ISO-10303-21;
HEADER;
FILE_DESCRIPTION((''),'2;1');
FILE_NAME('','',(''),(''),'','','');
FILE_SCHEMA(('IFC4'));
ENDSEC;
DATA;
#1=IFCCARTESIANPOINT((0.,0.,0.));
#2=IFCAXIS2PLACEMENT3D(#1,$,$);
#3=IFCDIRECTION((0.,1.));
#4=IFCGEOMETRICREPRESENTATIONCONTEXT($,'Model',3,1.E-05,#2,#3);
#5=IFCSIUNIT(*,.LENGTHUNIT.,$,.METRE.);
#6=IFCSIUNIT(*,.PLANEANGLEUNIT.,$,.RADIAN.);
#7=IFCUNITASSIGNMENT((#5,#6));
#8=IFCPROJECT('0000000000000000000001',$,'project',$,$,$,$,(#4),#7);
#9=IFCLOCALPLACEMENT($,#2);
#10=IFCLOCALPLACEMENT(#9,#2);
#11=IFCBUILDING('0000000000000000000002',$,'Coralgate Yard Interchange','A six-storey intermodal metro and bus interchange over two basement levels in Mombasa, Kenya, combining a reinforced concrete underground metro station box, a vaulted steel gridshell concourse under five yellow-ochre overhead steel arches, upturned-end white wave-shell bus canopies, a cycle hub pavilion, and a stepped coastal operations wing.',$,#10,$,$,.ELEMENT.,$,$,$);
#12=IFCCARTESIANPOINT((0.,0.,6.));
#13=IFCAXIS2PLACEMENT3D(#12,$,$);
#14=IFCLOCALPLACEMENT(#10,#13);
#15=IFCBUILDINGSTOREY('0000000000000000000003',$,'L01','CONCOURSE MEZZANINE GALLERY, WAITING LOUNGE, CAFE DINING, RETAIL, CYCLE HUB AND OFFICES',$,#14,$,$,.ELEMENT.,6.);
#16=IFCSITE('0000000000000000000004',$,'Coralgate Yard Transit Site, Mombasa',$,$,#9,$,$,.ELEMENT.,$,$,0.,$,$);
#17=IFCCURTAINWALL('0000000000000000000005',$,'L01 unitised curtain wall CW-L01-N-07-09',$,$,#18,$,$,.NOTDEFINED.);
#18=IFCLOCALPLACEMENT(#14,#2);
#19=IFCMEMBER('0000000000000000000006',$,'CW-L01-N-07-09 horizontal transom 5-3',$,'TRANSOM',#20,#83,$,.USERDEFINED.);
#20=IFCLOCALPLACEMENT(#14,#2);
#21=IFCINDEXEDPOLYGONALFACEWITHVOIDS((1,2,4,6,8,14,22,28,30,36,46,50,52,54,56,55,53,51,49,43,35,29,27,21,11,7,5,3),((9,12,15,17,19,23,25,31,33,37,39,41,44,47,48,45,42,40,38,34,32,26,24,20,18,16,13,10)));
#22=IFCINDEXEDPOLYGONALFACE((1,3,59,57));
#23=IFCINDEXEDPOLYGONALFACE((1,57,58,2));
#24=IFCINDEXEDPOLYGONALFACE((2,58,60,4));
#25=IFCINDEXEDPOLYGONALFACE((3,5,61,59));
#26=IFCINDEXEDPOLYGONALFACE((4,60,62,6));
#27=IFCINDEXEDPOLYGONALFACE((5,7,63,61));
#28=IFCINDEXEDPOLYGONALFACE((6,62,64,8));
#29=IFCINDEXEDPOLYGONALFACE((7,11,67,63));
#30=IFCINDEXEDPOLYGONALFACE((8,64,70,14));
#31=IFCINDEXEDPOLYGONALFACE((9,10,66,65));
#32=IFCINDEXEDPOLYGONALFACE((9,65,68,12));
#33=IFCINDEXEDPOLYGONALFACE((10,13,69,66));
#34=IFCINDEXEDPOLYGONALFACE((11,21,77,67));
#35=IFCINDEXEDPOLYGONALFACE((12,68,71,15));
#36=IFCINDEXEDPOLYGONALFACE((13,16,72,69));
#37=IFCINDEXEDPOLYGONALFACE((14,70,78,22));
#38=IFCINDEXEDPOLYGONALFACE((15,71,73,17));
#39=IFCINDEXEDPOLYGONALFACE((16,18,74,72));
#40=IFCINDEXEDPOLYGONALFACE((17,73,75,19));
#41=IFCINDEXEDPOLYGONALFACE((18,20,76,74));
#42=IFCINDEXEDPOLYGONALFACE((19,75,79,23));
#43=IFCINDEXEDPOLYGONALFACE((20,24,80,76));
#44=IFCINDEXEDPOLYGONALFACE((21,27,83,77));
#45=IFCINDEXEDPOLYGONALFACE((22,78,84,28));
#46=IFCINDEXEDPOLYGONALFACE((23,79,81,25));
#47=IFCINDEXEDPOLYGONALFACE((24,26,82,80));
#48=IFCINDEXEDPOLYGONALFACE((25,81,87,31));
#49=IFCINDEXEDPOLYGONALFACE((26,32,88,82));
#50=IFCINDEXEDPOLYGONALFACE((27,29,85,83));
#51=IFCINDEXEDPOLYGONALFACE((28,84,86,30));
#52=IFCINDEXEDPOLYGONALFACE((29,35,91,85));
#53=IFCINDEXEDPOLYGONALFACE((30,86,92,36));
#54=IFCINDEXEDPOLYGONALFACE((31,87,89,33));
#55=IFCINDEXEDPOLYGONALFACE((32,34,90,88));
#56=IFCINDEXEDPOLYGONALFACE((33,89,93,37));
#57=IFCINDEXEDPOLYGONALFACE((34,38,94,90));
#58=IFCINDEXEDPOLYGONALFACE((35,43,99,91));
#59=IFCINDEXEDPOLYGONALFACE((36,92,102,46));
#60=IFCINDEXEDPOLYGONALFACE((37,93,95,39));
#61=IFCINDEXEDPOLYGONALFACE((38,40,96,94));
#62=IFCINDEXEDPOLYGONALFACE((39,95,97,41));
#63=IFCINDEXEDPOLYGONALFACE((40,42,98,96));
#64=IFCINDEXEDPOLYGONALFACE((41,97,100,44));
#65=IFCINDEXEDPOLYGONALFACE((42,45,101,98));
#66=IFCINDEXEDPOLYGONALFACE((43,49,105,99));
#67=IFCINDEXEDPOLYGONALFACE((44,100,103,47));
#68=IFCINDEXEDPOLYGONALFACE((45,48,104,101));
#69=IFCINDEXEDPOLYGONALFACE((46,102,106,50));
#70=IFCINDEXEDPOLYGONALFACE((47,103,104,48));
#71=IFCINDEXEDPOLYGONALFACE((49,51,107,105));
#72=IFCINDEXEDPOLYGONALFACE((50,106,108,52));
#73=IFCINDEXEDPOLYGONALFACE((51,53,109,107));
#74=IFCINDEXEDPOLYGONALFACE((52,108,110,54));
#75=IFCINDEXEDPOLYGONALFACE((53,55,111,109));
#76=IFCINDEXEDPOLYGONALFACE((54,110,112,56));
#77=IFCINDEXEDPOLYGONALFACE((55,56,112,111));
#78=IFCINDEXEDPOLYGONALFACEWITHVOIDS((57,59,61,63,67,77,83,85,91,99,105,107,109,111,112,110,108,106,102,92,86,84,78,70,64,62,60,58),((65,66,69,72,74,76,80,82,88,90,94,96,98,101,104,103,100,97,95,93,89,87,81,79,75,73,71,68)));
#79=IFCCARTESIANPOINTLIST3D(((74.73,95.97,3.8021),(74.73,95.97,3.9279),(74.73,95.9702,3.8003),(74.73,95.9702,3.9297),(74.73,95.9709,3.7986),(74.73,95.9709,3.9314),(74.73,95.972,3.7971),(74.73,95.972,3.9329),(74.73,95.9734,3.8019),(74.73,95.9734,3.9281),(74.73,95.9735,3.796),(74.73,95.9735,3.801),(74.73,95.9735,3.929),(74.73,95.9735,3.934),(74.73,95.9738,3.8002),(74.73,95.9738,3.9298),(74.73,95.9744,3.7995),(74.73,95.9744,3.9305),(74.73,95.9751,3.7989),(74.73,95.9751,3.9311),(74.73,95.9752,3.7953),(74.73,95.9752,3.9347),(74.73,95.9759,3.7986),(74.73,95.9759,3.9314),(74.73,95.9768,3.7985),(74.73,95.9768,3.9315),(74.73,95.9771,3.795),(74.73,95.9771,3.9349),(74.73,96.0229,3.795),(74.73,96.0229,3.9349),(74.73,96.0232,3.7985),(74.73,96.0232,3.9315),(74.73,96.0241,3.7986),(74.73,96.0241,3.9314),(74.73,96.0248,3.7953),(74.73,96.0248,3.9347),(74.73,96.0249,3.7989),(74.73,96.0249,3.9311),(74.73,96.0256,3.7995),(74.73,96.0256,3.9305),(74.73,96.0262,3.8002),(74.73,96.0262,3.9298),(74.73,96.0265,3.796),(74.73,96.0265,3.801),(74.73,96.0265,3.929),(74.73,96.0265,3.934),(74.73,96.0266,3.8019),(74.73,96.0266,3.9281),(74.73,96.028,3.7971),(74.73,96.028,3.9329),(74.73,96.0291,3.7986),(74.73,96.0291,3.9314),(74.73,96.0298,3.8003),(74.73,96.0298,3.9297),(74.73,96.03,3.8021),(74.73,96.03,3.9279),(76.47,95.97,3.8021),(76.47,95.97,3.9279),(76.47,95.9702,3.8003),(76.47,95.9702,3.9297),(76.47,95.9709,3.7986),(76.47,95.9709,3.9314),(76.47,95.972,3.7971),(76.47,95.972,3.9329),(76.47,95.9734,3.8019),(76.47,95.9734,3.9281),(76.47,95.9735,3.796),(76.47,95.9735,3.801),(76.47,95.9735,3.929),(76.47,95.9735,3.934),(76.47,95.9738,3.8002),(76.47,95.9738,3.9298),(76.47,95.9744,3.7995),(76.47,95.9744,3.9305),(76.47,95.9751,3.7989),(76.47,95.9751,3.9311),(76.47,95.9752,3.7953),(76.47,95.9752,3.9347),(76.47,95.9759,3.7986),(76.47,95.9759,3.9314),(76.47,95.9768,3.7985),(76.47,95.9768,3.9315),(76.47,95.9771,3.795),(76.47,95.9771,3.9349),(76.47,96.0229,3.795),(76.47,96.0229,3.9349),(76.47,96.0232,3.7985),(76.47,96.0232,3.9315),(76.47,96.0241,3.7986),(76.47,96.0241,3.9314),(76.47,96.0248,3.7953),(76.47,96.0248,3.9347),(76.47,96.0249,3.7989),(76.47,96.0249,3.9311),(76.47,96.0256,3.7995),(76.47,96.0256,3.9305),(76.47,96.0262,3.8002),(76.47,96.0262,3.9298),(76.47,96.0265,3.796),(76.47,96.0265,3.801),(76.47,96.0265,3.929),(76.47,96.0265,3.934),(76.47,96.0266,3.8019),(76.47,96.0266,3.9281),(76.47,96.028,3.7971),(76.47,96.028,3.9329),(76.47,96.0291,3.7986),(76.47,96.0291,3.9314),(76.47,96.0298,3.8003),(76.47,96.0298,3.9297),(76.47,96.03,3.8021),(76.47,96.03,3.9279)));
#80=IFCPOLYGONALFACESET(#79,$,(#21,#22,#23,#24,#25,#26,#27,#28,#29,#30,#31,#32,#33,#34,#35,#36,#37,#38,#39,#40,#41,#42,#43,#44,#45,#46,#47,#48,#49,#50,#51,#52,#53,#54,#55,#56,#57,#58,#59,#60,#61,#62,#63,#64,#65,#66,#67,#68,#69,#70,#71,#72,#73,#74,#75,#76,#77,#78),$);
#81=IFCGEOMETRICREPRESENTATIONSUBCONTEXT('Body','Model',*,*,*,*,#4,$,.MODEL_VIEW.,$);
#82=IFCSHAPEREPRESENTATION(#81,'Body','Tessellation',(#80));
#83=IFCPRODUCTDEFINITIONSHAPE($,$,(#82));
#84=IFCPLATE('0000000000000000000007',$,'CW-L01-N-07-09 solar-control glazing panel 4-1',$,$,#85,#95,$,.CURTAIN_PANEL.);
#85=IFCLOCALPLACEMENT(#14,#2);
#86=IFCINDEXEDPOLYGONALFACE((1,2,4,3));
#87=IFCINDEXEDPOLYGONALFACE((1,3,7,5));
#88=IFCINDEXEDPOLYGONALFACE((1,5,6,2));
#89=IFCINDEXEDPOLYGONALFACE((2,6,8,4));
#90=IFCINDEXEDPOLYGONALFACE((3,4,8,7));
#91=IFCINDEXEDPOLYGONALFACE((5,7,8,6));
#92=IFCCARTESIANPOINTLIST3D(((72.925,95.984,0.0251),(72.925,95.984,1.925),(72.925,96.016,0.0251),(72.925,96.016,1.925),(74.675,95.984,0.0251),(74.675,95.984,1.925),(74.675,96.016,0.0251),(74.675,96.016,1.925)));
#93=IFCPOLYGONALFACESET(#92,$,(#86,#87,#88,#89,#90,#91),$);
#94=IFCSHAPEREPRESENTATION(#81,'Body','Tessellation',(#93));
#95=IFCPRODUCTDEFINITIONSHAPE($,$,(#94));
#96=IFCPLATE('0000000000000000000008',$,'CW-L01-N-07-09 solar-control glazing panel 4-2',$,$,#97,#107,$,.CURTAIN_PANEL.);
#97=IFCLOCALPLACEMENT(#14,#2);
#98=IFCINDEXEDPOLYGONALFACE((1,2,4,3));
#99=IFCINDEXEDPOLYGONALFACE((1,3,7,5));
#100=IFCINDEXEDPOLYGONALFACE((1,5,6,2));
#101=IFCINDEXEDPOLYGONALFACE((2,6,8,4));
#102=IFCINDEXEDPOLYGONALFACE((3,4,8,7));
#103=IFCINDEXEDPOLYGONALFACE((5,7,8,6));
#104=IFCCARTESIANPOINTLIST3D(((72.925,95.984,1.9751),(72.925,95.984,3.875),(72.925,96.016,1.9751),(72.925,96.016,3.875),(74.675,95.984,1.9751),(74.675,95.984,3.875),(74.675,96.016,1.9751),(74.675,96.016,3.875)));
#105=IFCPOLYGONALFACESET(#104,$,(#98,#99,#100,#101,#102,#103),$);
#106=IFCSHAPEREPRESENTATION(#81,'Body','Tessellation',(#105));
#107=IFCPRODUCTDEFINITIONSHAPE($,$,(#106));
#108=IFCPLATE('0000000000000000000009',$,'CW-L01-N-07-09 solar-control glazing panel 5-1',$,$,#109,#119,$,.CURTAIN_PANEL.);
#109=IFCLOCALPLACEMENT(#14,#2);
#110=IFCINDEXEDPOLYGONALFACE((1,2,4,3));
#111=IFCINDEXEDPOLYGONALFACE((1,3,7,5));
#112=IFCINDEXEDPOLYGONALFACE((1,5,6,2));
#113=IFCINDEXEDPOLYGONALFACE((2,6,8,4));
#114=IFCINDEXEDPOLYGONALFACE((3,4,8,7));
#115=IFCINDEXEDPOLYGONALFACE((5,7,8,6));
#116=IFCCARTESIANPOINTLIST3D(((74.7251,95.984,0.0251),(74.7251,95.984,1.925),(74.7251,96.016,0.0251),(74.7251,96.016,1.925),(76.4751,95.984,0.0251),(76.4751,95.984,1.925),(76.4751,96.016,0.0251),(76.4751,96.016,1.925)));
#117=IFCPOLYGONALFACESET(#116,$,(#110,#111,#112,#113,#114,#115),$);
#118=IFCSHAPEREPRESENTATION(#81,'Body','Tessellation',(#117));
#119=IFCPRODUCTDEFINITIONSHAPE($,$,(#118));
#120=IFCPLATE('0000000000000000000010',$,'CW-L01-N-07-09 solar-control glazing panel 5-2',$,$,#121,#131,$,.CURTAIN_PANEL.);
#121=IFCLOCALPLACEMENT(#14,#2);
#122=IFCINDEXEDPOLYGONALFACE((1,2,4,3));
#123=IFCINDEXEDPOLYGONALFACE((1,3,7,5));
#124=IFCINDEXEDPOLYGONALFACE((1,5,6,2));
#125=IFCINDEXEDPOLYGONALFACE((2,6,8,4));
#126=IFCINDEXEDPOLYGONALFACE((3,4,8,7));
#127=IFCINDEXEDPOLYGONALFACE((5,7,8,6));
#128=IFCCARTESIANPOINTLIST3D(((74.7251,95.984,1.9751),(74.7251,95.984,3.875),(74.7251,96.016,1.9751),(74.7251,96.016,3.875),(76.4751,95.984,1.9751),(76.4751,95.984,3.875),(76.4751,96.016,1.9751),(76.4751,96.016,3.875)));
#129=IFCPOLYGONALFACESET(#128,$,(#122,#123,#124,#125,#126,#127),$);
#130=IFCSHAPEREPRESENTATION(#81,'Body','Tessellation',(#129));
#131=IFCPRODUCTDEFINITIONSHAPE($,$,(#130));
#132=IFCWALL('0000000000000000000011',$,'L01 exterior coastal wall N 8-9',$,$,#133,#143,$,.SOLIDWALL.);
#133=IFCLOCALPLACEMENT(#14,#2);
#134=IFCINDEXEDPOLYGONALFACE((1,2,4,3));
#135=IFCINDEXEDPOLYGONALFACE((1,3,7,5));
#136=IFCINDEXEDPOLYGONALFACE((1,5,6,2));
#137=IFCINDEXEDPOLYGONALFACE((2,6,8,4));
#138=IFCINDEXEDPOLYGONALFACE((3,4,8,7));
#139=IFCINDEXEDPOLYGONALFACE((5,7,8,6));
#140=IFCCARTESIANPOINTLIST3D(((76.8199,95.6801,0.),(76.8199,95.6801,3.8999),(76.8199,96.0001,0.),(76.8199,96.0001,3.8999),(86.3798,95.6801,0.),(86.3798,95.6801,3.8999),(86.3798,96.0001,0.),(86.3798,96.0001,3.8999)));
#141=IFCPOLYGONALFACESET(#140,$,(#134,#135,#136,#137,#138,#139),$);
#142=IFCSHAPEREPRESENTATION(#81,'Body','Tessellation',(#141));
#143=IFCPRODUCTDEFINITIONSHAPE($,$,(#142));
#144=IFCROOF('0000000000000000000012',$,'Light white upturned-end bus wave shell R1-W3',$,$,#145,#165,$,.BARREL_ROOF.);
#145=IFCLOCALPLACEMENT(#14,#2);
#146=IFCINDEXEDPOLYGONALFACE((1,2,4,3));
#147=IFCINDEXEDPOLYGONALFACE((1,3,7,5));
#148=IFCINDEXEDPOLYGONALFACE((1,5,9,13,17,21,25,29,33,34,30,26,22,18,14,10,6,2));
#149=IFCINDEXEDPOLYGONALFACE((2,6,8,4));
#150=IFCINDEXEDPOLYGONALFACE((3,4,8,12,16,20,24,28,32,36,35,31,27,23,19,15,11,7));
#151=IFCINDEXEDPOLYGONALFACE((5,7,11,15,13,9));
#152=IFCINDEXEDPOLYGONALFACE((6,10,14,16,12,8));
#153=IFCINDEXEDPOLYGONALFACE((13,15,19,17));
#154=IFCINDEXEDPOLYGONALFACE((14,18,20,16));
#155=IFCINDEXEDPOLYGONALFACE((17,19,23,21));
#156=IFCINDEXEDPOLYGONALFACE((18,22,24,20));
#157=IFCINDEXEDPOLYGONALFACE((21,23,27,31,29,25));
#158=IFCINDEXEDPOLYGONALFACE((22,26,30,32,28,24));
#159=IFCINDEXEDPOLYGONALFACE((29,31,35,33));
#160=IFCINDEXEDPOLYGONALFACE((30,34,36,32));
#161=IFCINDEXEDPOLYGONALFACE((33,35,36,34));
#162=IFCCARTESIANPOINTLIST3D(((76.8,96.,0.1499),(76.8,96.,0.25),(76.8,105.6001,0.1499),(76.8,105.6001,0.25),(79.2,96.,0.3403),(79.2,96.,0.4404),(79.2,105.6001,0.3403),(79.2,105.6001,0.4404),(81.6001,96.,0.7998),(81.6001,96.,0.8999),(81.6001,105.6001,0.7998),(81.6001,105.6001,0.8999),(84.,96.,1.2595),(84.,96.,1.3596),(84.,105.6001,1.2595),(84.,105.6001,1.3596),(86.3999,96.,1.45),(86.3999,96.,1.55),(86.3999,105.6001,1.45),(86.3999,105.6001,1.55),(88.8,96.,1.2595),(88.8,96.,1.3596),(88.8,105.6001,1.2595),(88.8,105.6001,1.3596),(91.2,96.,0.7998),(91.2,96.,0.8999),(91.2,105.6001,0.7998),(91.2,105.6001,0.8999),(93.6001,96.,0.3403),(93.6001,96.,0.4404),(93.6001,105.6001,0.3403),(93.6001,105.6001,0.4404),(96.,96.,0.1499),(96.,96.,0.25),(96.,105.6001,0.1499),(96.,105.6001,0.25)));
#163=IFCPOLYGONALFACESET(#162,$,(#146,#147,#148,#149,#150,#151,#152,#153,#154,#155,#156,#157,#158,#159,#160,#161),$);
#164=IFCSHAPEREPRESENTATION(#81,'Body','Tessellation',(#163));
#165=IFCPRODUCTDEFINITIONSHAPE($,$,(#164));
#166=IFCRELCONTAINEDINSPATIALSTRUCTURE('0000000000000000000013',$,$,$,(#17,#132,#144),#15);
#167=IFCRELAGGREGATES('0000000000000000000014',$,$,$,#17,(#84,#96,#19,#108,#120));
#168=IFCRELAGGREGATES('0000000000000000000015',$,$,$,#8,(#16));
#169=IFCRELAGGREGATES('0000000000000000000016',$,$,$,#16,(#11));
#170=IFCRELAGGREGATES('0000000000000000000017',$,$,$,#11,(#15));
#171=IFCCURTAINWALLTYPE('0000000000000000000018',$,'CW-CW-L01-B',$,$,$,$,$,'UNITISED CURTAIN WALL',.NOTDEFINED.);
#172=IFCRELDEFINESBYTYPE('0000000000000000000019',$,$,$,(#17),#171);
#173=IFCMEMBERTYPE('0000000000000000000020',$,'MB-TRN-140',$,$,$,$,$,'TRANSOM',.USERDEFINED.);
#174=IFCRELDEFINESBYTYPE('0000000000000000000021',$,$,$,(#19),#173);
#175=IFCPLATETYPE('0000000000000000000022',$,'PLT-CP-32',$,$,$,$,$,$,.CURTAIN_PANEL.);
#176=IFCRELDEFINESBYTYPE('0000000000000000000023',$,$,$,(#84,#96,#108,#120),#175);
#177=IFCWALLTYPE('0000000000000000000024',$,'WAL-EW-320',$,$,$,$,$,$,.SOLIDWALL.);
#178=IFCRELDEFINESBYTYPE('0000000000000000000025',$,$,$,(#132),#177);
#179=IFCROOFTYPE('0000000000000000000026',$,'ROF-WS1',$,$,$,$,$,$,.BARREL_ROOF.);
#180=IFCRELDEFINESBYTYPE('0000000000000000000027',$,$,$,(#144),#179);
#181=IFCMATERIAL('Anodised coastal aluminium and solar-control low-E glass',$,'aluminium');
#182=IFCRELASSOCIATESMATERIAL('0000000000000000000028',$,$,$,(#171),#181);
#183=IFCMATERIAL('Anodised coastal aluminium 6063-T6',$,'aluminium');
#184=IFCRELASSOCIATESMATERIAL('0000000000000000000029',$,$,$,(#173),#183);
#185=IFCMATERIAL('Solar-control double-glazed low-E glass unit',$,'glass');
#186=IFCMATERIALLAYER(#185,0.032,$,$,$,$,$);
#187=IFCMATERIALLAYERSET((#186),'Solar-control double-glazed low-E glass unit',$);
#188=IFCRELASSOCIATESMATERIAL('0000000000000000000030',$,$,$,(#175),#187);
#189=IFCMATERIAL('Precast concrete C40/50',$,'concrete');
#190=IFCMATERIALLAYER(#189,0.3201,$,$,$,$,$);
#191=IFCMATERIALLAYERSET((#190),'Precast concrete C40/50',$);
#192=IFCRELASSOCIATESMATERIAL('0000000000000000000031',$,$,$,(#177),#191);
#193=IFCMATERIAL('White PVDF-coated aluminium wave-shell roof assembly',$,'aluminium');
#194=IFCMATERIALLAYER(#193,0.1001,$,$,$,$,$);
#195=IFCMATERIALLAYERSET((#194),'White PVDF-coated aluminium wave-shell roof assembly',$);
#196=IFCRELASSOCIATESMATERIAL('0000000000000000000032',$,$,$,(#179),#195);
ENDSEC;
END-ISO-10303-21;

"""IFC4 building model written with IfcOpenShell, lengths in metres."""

from ifc_helpers import new_model, si_unit, direction, frame, frame_2d, origin, origin_2d, place, context, subcontext, project, spatial, polyline, rectangle, hollow_rectangle, outline, extrude, material, layer, layer_set, material_profile, profile_set, type_object, element, aggregate, save


model = new_model("IFC4")

# Units and contexts
model_context = context("Model", 3, precision=1e-05, world=origin(), true_north=direction((0.0, 1.0)))
body_context = subcontext(model_context, "Body", "Model", "MODEL_VIEW")
ifc_project = project(units=[si_unit("LENGTHUNIT", "METRE"), si_unit("PLANEANGLEUNIT", "RADIAN")], contexts=[model_context])

# Site, building, storey
site_placement = place(None, origin())
site = spatial("IfcSite", under=ifc_project, at=site_placement, Name="Coralgate Yard Transit Site, Mombasa", CompositionType="ELEMENT", RefElevation=0.0)
building_placement = place(site_placement, origin())
building = spatial("IfcBuilding", under=site, at=building_placement, Name="Coralgate Yard Interchange", Description="A six-storey intermodal metro and bus interchange over two basement levels in Mombasa, Kenya, combining a reinforced concrete underground metro station box, a vaulted steel gridshell concourse under five yellow-ochre overhead steel arches, upturned-end white wave-shell bus canopies, a cycle hub pavilion, and a stepped coastal operations wing.", CompositionType="ELEMENT")
storey_placement = place(building_placement, frame((0.0, 0.0, 6.0)))
storey = spatial("IfcBuildingStorey", under=building, at=storey_placement, Name="L01", Description="CONCOURSE MEZZANINE GALLERY, WAITING LOUNGE, CAFE DINING, RETAIL, CYCLE HUB AND OFFICES", CompositionType="ELEMENT", Elevation=6.0)

# Curtain wall
ifc_material_1 = material(Name="Anodised coastal aluminium and solar-control low-E glass", Category="aluminium")
curtain_wall_type = type_object("IfcCurtainWallType", Name="CW-CW-L01-B", ElementType="UNITISED CURTAIN WALL", PredefinedType="NOTDEFINED", material=ifc_material_1)
curtain_wall_placement = place(storey_placement, origin())
curtain_wall = element("IfcCurtainWall", 1, at=curtain_wall_placement, inside=storey, type_object=curtain_wall_type, Name="L01 unitised curtain wall CW-L01-N-07-09", PredefinedType="NOTDEFINED")
ifc_material_2 = material(Name="Anodised coastal aluminium 6063-T6", Category="aluminium")

# Member
ifc_material_profile_1 = material_profile(ifc_material_2, hollow_rectangle(XDim=0.0601, YDim=0.1399, WallThickness=0.0034, InnerFilletRadius=0.0034, OuterFilletRadius=0.0071, at=origin_2d()), Name="ALU 60x140x3.5")
ifc_profile_set_1 = profile_set([ifc_material_profile_1], Name="Anodised coastal aluminium 6063-T6")
member_type_1 = type_object("IfcMemberType", Name="MB-TRN-140", ElementType="TRANSOM", PredefinedType="USERDEFINED", material=ifc_profile_set_1)
member_1_placement = place(storey_placement, frame((74.73, 96.0, 3.865), z_axis=(1.0, 0.0, 0.0), x_axis=(0.0, 1.0, 0.0)))
member_1 = element("IfcMember", 2, at=member_1_placement, type_object=member_type_1, Name="CW-L01-N-07-09 horizontal transom 5-3", ObjectType="TRANSOM", PredefinedType="USERDEFINED", context=body_context, shape_type="SweptSolid", body=[
    extrude(hollow_rectangle(XDim=0.0601, YDim=0.1399, WallThickness=0.0034, InnerFilletRadius=0.0034, OuterFilletRadius=0.0071, at=origin_2d()), origin(), (0.0, 0.0, 1.0), 1.74),
])

# Plates
ifc_material_3 = material(Name="Solar-control double-glazed low-E glass unit", Category="glass")
ifc_layer_1 = layer(ifc_material_3, 0.032)
ifc_layer_set_1 = layer_set([ifc_layer_1], Name="Solar-control double-glazed low-E glass unit")
plate_type = type_object("IfcPlateType", Name="PLT-CP-32", PredefinedType="CURTAIN_PANEL", material=ifc_layer_set_1)
plate_1_placement = place(storey_placement, frame((73.8, 96.0, 0.0251), z_axis=(0.0, 0.0, 1.0), x_axis=(1.0, 0.0, 0.0)))
plate_1 = element("IfcPlate", 3, at=plate_1_placement, type_object=plate_type, Name="CW-L01-N-07-09 solar-control glazing panel 4-1", PredefinedType="CURTAIN_PANEL", context=body_context, shape_type="SweptSolid", body=[
    extrude(rectangle(XDim=1.75, YDim=0.032, at=origin_2d()), origin(), (0.0, 0.0, 1.0), 1.8999),
])
plate_2_placement = place(storey_placement, frame((73.8, 96.0, 1.9751), z_axis=(0.0, 0.0, 1.0), x_axis=(1.0, 0.0, 0.0)))
plate_2 = element("IfcPlate", 4, at=plate_2_placement, type_object=plate_type, Name="CW-L01-N-07-09 solar-control glazing panel 4-2", PredefinedType="CURTAIN_PANEL", context=body_context, shape_type="SweptSolid", body=[
    extrude(rectangle(XDim=1.75, YDim=0.032, at=origin_2d()), origin(), (0.0, 0.0, 1.0), 1.8999),
])
plate_3_placement = place(storey_placement, frame((75.6001, 96.0, 0.0251), z_axis=(0.0, 0.0, 1.0), x_axis=(1.0, 0.0, 0.0)))
plate_3 = element("IfcPlate", 5, at=plate_3_placement, type_object=plate_type, Name="CW-L01-N-07-09 solar-control glazing panel 5-1", PredefinedType="CURTAIN_PANEL", context=body_context, shape_type="SweptSolid", body=[
    extrude(rectangle(XDim=1.75, YDim=0.032, at=origin_2d()), origin(), (0.0, 0.0, 1.0), 1.8999),
])
plate_4_placement = place(storey_placement, frame((75.6001, 96.0, 1.9751), z_axis=(0.0, 0.0, 1.0), x_axis=(1.0, 0.0, 0.0)))
plate_4 = element("IfcPlate", 6, at=plate_4_placement, type_object=plate_type, Name="CW-L01-N-07-09 solar-control glazing panel 5-2", PredefinedType="CURTAIN_PANEL", context=body_context, shape_type="SweptSolid", body=[
    extrude(rectangle(XDim=1.75, YDim=0.032, at=origin_2d()), origin(), (0.0, 0.0, 1.0), 1.8999),
])
aggregate(curtain_wall, [plate_1, plate_2, member_1, plate_3, plate_4])

# Wall
ifc_material_4 = material(Name="Precast concrete C40/50", Category="concrete")
ifc_layer_2 = layer(ifc_material_4, 0.3201)
ifc_layer_set_2 = layer_set([ifc_layer_2], Name="Precast concrete C40/50")
wall_type = type_object("IfcWallType", Name="WAL-EW-320", PredefinedType="SOLIDWALL", material=ifc_layer_set_2)
wall_placement = place(storey_placement, frame((76.8201, 95.8401, 0.0), z_axis=(0.0, 0.0, 1.0), x_axis=(1.0, 0.0, 0.0)))
element("IfcWall", 7, at=wall_placement, inside=storey, type_object=wall_type, Name="L01 exterior coastal wall N 8-9", PredefinedType="SOLIDWALL", context=body_context, shape_type="SweptSolid", body=[
    extrude(rectangle(XDim=9.5598, YDim=0.3201, at=frame_2d((4.7798, 0.0))), origin(), (0.0, 0.0, 1.0), 3.8999),
])

# Roof
ifc_material_5 = material(Name="White PVDF-coated aluminium wave-shell roof assembly", Category="aluminium")
ifc_layer_3 = layer(ifc_material_5, 0.1001)
ifc_layer_set_3 = layer_set([ifc_layer_3], Name="White PVDF-coated aluminium wave-shell roof assembly")
roof_type = type_object("IfcRoofType", Name="ROF-WS1", PredefinedType="BARREL_ROOF", material=ifc_layer_set_3)
roof_placement = place(storey_placement, frame((76.8, 96.0, 0.25), z_axis=(0.0, 1.0, 0.0), x_axis=(-1.0, 0.0, 0.0)))
element("IfcRoof", 8, at=roof_placement, inside=storey, type_object=roof_type, Name="Light white upturned-end bus wave shell R1-W3", PredefinedType="BARREL_ROOF", context=body_context, shape_type="SweptSolid", body=[
    extrude(outline(polyline([(0.0, 0.0), (-2.3999, 0.1904), (-4.8, 0.6499), (-7.2, 1.1096), (-9.5999, 1.3), (-12.0, 1.1096), (-14.3999, 0.6499), (-16.8, 0.1904), (-19.2, 0.0), (-19.2, -0.1001), (-16.8, 0.0903), (-14.3999, 0.5498), (-12.0, 1.0095), (-9.5999, 1.2), (-7.2, 1.0095), (-4.8, 0.5498), (-2.3999, 0.0903), (0.0, -0.1001), (0.0, 0.0)])), origin(), (0.0, 0.0, 1.0), 9.6001),
])

save(model, "model.ifc")
